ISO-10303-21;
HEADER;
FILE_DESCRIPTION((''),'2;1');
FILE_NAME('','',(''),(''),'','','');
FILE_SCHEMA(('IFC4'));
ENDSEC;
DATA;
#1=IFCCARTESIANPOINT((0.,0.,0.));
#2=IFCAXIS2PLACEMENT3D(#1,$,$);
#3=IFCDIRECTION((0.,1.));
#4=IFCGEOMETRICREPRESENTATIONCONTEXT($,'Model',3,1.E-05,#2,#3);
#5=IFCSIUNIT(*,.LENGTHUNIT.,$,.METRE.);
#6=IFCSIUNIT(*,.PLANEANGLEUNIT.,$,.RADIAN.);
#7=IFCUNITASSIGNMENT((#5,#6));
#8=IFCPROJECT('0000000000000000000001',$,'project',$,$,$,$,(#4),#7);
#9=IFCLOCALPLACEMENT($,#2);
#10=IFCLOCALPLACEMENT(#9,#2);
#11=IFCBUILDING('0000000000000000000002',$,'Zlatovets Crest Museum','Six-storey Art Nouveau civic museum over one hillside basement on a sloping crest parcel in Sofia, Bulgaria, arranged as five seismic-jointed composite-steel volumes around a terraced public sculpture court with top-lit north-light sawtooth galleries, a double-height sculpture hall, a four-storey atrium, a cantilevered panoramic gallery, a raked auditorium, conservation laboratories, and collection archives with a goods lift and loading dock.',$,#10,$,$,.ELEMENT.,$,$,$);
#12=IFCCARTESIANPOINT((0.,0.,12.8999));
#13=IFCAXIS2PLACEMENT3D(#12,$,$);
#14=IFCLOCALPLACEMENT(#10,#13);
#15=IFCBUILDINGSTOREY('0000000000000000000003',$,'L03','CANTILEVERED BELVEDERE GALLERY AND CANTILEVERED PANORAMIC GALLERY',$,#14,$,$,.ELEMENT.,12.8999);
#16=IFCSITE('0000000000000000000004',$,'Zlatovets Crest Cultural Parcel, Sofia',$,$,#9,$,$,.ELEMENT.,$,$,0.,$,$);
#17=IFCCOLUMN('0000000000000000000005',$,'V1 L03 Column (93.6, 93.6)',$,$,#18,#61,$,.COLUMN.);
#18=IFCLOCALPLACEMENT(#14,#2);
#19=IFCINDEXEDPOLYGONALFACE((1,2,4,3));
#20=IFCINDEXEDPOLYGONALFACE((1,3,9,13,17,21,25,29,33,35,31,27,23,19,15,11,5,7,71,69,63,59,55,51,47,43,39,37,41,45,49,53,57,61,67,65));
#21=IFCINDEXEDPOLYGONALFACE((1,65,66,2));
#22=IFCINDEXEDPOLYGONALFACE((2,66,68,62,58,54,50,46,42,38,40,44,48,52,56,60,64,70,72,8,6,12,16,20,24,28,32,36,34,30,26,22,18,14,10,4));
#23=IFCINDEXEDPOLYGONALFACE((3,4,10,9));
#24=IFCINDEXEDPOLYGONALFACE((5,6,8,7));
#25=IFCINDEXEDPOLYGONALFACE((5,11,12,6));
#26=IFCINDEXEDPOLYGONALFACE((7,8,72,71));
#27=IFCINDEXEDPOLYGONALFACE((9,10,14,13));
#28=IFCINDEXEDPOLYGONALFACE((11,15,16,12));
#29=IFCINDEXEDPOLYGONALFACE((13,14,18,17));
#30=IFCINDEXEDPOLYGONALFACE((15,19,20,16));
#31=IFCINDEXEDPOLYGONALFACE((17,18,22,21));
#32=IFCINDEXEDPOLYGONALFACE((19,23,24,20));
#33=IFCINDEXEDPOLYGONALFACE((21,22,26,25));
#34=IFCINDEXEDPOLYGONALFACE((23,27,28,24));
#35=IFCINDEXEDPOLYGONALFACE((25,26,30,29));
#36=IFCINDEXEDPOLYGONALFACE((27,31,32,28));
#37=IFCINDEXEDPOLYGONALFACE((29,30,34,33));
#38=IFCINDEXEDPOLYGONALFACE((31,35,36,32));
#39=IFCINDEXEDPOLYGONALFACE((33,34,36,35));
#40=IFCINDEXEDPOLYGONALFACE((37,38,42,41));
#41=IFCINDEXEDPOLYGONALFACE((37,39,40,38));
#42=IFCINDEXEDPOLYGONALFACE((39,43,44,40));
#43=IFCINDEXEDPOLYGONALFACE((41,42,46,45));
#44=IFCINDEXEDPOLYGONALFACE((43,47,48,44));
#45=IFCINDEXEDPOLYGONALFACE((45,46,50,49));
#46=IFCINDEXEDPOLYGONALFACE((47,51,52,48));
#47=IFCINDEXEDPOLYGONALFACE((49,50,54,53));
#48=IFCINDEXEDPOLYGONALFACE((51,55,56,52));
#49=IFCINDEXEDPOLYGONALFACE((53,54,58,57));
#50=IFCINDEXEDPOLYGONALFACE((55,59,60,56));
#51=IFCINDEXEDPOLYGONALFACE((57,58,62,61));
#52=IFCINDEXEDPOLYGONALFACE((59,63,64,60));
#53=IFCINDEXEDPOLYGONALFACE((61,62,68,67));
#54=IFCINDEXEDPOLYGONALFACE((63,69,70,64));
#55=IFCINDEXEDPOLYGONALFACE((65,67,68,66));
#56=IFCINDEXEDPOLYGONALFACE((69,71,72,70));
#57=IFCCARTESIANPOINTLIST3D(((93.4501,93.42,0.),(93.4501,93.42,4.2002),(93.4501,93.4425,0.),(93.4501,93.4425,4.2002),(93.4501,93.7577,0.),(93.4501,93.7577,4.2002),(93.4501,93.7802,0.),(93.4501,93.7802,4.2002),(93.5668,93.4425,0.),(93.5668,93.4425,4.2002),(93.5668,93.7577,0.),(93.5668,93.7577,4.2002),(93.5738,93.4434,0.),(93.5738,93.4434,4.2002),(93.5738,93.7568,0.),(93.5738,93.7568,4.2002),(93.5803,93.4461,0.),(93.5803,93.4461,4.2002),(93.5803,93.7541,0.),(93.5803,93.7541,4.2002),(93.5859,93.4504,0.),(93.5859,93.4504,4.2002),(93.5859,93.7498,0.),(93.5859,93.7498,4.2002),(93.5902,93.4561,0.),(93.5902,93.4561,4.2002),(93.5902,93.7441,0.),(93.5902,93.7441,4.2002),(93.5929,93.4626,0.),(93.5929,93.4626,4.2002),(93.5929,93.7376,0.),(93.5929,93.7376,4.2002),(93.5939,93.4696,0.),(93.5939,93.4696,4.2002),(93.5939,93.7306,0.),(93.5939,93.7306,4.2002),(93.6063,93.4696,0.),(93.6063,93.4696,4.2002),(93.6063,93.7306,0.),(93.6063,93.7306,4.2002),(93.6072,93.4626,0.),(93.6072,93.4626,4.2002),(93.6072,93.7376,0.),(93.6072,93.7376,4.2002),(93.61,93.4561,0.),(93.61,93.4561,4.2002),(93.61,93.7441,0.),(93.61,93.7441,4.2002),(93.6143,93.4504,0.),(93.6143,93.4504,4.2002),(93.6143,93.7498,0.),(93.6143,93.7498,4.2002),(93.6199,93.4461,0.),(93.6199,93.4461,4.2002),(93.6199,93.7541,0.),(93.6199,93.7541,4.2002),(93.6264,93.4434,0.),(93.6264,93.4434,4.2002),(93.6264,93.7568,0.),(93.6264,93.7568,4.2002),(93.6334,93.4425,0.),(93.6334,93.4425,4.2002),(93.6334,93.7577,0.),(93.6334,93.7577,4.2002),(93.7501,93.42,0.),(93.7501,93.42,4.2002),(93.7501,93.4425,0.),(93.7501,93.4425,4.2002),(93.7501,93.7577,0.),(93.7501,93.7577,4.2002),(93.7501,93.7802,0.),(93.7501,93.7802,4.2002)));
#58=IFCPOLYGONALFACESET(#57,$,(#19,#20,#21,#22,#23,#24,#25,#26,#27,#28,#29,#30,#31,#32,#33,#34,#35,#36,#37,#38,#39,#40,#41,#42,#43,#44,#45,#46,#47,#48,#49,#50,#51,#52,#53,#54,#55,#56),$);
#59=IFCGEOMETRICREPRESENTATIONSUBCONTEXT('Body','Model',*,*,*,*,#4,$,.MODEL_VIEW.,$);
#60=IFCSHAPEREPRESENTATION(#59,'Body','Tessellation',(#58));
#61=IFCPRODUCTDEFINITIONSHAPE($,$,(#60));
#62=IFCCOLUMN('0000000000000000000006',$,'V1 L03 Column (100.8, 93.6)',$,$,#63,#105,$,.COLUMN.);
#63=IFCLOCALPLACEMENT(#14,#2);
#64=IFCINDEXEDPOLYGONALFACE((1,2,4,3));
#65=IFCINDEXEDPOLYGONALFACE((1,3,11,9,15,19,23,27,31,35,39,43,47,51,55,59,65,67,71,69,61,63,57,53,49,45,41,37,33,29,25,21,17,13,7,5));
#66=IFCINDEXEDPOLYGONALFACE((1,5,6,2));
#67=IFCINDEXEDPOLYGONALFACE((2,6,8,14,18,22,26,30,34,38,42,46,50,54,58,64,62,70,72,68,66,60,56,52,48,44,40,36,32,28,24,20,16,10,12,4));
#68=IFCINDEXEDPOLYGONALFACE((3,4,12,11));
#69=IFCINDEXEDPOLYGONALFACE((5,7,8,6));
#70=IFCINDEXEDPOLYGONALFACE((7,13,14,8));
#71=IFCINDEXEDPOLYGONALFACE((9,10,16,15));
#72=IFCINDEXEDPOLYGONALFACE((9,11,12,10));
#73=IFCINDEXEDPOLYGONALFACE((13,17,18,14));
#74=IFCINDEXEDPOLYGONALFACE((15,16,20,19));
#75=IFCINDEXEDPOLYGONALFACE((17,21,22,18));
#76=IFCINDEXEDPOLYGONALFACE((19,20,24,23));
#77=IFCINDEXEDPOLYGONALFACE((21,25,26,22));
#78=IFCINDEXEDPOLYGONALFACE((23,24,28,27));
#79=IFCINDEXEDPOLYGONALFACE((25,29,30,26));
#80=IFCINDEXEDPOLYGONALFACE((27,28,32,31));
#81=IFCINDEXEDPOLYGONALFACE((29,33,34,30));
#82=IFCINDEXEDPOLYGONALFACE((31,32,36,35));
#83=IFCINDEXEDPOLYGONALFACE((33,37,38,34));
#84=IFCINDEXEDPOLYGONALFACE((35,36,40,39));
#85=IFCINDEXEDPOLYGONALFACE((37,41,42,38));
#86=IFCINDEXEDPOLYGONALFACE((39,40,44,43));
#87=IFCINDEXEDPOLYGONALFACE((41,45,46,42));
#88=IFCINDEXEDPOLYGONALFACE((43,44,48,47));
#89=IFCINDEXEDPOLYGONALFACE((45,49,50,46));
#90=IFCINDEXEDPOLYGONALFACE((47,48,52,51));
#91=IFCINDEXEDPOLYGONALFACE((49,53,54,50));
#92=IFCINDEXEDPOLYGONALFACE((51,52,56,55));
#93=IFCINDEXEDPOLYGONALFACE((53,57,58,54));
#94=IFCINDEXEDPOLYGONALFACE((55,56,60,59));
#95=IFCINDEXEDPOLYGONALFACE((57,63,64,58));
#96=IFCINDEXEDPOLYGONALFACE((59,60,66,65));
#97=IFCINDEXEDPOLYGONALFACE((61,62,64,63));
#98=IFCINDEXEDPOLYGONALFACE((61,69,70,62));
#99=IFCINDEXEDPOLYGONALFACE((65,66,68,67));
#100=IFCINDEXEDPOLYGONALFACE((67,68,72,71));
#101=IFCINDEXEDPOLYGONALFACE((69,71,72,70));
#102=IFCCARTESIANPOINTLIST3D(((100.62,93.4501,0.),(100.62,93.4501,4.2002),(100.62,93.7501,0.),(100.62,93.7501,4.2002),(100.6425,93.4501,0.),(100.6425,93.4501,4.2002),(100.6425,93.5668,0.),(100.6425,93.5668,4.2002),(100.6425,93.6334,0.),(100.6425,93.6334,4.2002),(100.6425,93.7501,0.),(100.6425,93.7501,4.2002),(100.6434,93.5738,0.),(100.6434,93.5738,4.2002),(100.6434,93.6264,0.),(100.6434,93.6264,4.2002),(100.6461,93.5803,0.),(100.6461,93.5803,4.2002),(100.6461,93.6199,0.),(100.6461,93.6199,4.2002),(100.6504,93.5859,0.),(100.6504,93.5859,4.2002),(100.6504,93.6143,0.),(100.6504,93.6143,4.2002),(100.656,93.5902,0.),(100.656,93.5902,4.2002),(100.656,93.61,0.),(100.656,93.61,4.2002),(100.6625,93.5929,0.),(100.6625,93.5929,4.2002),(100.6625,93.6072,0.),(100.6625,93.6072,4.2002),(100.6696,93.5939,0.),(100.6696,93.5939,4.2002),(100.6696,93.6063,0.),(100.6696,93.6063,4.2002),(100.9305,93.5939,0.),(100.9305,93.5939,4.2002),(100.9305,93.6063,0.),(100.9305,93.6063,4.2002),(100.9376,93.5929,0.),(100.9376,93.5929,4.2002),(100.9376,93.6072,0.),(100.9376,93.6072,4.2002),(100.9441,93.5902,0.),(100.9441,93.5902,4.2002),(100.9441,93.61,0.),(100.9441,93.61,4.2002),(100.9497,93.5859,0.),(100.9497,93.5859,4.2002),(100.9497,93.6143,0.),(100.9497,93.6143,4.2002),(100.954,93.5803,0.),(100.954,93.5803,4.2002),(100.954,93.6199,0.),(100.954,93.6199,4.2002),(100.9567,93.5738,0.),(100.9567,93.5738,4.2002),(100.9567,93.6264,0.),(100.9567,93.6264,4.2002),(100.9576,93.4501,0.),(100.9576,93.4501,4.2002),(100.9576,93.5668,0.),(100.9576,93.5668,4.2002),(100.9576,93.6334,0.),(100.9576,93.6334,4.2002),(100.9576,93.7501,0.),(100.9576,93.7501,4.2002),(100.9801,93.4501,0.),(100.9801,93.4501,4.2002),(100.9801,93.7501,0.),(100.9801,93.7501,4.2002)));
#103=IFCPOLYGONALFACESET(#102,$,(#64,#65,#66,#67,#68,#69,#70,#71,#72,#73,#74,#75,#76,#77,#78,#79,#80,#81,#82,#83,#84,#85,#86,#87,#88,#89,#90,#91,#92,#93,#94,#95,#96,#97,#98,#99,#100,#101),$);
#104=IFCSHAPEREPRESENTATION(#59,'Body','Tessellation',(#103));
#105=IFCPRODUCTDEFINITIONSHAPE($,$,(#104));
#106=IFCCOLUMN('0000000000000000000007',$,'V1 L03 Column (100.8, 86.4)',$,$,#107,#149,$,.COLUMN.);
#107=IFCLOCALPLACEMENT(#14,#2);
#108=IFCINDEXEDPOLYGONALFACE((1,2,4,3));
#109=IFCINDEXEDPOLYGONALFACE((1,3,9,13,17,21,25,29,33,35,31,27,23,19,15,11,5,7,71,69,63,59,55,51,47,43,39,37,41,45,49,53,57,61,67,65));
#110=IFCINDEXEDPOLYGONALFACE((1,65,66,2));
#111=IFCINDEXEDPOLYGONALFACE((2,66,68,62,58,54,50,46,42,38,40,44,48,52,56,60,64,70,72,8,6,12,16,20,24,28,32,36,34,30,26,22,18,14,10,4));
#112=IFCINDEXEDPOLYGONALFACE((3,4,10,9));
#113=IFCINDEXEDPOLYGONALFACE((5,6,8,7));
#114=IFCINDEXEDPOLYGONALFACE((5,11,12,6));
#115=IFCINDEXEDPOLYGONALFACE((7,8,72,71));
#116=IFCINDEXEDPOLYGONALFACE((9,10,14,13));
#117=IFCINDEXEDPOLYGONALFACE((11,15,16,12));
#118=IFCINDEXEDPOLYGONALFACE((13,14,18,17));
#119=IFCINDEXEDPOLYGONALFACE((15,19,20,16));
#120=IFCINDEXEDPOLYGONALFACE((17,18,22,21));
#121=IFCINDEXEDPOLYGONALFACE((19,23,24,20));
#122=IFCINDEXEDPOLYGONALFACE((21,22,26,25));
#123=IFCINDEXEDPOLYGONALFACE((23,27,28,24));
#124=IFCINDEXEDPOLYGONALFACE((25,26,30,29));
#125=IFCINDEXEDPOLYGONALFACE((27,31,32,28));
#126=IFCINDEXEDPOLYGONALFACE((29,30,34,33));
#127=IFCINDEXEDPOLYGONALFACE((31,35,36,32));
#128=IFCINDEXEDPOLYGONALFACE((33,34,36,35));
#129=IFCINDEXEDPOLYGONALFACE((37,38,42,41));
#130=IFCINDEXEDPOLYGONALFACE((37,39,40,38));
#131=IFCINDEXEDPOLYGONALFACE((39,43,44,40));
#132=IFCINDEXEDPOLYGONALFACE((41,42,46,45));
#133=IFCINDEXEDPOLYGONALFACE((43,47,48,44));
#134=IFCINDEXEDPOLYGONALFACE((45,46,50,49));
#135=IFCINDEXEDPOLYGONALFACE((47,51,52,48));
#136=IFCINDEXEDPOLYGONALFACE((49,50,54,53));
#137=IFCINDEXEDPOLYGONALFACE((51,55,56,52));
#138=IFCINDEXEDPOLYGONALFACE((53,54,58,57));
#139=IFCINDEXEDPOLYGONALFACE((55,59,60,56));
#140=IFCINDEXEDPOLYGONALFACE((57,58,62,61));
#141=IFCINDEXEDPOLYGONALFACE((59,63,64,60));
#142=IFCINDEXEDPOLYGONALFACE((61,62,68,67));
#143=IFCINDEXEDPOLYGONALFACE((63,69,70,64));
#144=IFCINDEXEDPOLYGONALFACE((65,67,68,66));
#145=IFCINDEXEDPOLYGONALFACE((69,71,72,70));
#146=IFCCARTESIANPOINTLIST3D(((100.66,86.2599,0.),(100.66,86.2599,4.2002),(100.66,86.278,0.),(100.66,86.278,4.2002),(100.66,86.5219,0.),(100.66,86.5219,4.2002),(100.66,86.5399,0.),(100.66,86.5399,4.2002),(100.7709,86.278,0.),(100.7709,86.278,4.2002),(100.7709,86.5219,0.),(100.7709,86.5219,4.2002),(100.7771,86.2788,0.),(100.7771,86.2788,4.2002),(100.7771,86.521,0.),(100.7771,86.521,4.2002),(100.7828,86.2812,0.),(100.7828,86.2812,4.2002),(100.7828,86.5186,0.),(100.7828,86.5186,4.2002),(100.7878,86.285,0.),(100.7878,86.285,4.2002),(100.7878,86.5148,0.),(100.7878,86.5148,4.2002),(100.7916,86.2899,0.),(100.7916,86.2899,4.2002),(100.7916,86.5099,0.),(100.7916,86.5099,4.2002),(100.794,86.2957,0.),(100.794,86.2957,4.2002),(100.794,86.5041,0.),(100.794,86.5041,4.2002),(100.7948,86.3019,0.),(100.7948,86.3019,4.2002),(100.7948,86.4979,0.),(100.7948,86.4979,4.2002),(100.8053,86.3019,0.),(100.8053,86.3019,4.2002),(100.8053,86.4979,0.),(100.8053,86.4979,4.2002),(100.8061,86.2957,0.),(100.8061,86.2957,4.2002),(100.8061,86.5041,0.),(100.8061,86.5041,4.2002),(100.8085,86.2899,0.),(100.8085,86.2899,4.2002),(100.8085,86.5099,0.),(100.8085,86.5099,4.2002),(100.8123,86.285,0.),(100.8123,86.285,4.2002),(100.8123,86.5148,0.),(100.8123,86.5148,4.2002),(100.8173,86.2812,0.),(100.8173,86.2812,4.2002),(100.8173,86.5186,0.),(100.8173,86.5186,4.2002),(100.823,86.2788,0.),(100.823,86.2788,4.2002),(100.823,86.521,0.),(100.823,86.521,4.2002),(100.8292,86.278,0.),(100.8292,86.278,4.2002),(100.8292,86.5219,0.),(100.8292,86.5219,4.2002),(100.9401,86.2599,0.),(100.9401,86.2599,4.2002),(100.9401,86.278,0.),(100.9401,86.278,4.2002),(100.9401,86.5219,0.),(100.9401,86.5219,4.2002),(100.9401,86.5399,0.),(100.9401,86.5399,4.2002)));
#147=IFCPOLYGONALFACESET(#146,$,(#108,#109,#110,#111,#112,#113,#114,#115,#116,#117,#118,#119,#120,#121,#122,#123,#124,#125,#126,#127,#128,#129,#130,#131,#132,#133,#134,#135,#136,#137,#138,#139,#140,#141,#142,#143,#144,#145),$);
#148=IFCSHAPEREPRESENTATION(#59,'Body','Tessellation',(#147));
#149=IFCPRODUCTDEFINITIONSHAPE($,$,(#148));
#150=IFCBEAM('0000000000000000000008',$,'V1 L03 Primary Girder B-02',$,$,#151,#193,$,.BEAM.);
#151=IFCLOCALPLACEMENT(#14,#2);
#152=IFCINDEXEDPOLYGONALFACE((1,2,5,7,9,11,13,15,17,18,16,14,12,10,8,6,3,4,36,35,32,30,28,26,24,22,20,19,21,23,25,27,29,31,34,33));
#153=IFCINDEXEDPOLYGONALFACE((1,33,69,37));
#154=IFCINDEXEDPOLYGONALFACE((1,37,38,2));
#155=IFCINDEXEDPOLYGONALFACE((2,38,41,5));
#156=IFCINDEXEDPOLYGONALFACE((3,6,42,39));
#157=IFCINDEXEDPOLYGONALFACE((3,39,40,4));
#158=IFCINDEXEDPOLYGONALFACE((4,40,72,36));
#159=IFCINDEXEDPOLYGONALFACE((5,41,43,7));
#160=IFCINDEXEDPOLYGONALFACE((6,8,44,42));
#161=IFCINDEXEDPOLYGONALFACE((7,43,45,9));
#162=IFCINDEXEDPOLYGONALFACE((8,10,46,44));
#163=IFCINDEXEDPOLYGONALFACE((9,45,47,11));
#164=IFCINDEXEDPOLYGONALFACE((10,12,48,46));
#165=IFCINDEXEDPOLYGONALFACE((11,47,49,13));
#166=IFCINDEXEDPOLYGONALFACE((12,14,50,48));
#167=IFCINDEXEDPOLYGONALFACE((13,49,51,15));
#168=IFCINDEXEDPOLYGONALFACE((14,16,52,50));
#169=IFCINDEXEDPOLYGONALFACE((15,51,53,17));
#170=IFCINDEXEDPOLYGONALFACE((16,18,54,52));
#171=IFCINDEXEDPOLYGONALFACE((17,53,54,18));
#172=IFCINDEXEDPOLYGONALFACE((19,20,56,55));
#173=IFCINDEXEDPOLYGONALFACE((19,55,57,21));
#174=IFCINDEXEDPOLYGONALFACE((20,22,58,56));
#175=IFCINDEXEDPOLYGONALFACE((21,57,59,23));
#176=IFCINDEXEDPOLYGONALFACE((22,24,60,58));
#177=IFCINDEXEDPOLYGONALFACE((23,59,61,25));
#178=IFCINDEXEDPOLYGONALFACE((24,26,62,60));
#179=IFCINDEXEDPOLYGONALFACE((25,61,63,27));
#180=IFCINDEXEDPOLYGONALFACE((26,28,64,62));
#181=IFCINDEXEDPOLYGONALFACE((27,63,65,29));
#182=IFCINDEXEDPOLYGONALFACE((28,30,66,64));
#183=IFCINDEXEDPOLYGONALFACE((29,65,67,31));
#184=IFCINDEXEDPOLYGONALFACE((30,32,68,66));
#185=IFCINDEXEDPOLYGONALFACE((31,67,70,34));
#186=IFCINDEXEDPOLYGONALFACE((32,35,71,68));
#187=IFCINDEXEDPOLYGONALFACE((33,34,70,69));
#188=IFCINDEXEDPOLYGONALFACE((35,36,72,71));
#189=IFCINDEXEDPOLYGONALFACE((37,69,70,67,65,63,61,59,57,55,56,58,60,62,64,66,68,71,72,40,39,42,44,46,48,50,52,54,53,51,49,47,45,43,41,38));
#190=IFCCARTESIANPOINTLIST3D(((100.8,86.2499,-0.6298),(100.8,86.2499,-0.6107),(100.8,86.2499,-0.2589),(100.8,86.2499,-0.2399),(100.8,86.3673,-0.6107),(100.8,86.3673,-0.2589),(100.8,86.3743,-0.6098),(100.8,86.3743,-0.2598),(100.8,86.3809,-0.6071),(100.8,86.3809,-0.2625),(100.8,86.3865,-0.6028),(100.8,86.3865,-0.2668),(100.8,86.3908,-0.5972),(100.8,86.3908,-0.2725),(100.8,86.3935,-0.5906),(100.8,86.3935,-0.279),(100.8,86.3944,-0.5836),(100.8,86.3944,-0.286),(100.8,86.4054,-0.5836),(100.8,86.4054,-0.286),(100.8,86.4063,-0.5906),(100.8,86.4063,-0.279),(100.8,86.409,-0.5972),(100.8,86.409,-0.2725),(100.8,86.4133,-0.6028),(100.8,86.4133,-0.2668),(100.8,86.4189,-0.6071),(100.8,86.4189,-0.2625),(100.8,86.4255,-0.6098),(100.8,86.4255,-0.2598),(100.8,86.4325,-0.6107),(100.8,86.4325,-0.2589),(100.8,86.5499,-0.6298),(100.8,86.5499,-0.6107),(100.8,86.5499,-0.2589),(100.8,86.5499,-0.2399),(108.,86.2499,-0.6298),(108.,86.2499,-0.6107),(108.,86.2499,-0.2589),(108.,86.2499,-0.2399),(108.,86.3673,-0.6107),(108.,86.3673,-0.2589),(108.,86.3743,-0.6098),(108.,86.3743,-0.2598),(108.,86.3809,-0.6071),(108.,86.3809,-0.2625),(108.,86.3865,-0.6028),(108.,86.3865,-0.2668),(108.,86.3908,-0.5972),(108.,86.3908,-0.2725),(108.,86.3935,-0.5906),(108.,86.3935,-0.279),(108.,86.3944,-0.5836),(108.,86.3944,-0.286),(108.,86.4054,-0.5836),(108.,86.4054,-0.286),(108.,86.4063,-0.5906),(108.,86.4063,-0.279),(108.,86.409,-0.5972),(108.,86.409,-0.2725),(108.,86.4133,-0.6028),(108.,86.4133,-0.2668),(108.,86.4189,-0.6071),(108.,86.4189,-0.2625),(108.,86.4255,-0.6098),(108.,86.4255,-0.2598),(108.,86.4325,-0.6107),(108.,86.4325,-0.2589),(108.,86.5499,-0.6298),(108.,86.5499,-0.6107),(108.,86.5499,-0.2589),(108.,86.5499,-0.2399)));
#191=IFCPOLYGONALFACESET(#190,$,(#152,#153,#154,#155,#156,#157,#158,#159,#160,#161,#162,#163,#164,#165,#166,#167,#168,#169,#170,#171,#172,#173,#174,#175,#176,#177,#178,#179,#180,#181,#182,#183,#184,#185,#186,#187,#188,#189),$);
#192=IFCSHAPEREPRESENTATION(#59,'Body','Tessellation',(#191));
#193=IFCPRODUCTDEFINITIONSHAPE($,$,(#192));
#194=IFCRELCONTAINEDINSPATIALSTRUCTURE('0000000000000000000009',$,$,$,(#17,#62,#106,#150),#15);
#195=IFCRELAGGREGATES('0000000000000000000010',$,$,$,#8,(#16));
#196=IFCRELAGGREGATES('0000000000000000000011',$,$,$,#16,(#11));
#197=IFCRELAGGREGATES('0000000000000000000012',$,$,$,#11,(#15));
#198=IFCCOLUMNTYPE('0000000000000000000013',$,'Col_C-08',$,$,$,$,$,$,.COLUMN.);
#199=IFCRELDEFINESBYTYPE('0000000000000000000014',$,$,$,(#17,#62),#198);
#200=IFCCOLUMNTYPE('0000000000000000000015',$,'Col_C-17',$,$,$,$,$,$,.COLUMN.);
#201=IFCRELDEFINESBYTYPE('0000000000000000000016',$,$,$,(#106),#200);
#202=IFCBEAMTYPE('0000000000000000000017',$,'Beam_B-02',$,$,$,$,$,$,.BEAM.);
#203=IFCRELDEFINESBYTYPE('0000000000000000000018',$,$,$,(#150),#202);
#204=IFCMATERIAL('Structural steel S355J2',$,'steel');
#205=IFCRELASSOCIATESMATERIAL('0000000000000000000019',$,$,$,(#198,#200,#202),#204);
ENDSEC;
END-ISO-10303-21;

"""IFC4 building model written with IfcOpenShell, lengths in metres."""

from ifc_helpers import new_model, si_unit, direction, frame, origin, origin_2d, place, context, subcontext, project, spatial, i_section, extrude, material, material_profile, profile_set, type_object, element, save


model = new_model("IFC4")

# Units and contexts
model_context = context("Model", 3, precision=1e-05, world=origin(), true_north=direction((0.0, 1.0)))
body_context = subcontext(model_context, "Body", "Model", "MODEL_VIEW")
ifc_project = project(units=[si_unit("LENGTHUNIT", "METRE"), si_unit("PLANEANGLEUNIT", "RADIAN")], contexts=[model_context])

# Site, building, storey
site_placement = place(None, origin())
site = spatial("IfcSite", under=ifc_project, at=site_placement, Name="Zlatovets Crest Cultural Parcel, Sofia", CompositionType="ELEMENT", RefElevation=0.0)
building_placement = place(site_placement, origin())
building = spatial("IfcBuilding", under=site, at=building_placement, Name="Zlatovets Crest Museum", Description="Six-storey Art Nouveau civic museum over one hillside basement on a sloping crest parcel in Sofia, Bulgaria, arranged as five seismic-jointed composite-steel volumes around a terraced public sculpture court with top-lit north-light sawtooth galleries, a double-height sculpture hall, a four-storey atrium, a cantilevered panoramic gallery, a raked auditorium, conservation laboratories, and collection archives with a goods lift and loading dock.", CompositionType="ELEMENT")
storey_placement = place(building_placement, frame((0.0, 0.0, 12.8999)))
storey = spatial("IfcBuildingStorey", under=building, at=storey_placement, Name="L03", Description="CANTILEVERED BELVEDERE GALLERY AND CANTILEVERED PANORAMIC GALLERY", CompositionType="ELEMENT", Elevation=12.8999)

# Columns
ifc_material_1 = material(Name="Structural steel S355J2", Category="steel")
ifc_material_profile_1 = material_profile(ifc_material_1, i_section(OverallWidth=0.3, OverallDepth=0.3601, WebThickness=0.0125, FlangeThickness=0.0225, FilletRadius=0.0271, at=origin_2d()), Name="HEB 360")
ifc_profile_set_1 = profile_set([ifc_material_profile_1], Name="Structural steel S355J2")
column_type_1 = type_object("IfcColumnType", Name="Col_C-08", PredefinedType="COLUMN", material=ifc_profile_set_1)
for number, where, z_axis, x_axis, name in (
    (1, (93.6001, 93.6001, 0.0), (0.0, 0.0, 1.0), (1.0, 0.0, 0.0), "V1 L03 Column (93.6, 93.6)"),
    (2, (100.8, 93.6001, 0.0), (0.0, 0.0, 1.0), (0.0, 1.0, 0.0), "V1 L03 Column (100.8, 93.6)"),
):
    element("IfcColumn", number, at=place(storey_placement, frame(where, z_axis=z_axis, x_axis=x_axis)), inside=storey, type_object=column_type_1, Name=name, PredefinedType="COLUMN", context=body_context, shape_type="SweptSolid", body=[
        extrude(i_section(OverallWidth=0.3, OverallDepth=0.3601, WebThickness=0.0125, FlangeThickness=0.0225, FilletRadius=0.0271, at=origin_2d()), origin(), (0.0, 0.0, 1.0), 4.2002),
    ])
ifc_material_profile_2 = material_profile(ifc_material_1, i_section(OverallWidth=0.28, OverallDepth=0.28, WebThickness=0.0105, FlangeThickness=0.0181, FilletRadius=0.0239, at=origin_2d()), Name="HEB 280")
ifc_profile_set_2 = profile_set([ifc_material_profile_2], Name="Structural steel S355J2")
column_type_2 = type_object("IfcColumnType", Name="Col_C-17", PredefinedType="COLUMN", material=ifc_profile_set_2)
column_placement = place(storey_placement, frame((100.8, 86.3999, 0.0), z_axis=(0.0, 0.0, 1.0), x_axis=(1.0, 0.0, 0.0)))
element("IfcColumn", 3, at=column_placement, inside=storey, type_object=column_type_2, Name="V1 L03 Column (100.8, 86.4)", PredefinedType="COLUMN", context=body_context, shape_type="SweptSolid", body=[
    extrude(i_section(OverallWidth=0.28, OverallDepth=0.28, WebThickness=0.0105, FlangeThickness=0.0181, FilletRadius=0.0239, at=origin_2d()), origin(), (0.0, 0.0, 1.0), 4.2002),
])

# Beam
ifc_material_profile_3 = material_profile(ifc_material_1, i_section(OverallWidth=0.3, OverallDepth=0.3899, WebThickness=0.011, FlangeThickness=0.019, FilletRadius=0.0271, at=origin_2d()), Name="HEA 400")
ifc_profile_set_3 = profile_set([ifc_material_profile_3], Name="Structural steel S355J2")
beam_type_1 = type_object("IfcBeamType", Name="Beam_B-02", PredefinedType="BEAM", material=ifc_profile_set_3)
for number, where, z_axis, x_axis, name in (
    (4, (100.8, 86.3999, -0.4348), (1.0, 0.0, 0.0), (0.0, 1.0, 0.0), "V1 L03 Primary Girder B-02"),
):
    element("IfcBeam", number, at=place(storey_placement, frame(where, z_axis=z_axis, x_axis=x_axis)), inside=storey, type_object=beam_type_1, Name=name, PredefinedType="BEAM", context=body_context, shape_type="SweptSolid", body=[
        extrude(i_section(OverallWidth=0.3, OverallDepth=0.3899, WebThickness=0.011, FlangeThickness=0.019, FilletRadius=0.0271, at=origin_2d()), origin(), (0.0, 0.0, 1.0), 7.2),
    ])

save(model, "model.ifc")
